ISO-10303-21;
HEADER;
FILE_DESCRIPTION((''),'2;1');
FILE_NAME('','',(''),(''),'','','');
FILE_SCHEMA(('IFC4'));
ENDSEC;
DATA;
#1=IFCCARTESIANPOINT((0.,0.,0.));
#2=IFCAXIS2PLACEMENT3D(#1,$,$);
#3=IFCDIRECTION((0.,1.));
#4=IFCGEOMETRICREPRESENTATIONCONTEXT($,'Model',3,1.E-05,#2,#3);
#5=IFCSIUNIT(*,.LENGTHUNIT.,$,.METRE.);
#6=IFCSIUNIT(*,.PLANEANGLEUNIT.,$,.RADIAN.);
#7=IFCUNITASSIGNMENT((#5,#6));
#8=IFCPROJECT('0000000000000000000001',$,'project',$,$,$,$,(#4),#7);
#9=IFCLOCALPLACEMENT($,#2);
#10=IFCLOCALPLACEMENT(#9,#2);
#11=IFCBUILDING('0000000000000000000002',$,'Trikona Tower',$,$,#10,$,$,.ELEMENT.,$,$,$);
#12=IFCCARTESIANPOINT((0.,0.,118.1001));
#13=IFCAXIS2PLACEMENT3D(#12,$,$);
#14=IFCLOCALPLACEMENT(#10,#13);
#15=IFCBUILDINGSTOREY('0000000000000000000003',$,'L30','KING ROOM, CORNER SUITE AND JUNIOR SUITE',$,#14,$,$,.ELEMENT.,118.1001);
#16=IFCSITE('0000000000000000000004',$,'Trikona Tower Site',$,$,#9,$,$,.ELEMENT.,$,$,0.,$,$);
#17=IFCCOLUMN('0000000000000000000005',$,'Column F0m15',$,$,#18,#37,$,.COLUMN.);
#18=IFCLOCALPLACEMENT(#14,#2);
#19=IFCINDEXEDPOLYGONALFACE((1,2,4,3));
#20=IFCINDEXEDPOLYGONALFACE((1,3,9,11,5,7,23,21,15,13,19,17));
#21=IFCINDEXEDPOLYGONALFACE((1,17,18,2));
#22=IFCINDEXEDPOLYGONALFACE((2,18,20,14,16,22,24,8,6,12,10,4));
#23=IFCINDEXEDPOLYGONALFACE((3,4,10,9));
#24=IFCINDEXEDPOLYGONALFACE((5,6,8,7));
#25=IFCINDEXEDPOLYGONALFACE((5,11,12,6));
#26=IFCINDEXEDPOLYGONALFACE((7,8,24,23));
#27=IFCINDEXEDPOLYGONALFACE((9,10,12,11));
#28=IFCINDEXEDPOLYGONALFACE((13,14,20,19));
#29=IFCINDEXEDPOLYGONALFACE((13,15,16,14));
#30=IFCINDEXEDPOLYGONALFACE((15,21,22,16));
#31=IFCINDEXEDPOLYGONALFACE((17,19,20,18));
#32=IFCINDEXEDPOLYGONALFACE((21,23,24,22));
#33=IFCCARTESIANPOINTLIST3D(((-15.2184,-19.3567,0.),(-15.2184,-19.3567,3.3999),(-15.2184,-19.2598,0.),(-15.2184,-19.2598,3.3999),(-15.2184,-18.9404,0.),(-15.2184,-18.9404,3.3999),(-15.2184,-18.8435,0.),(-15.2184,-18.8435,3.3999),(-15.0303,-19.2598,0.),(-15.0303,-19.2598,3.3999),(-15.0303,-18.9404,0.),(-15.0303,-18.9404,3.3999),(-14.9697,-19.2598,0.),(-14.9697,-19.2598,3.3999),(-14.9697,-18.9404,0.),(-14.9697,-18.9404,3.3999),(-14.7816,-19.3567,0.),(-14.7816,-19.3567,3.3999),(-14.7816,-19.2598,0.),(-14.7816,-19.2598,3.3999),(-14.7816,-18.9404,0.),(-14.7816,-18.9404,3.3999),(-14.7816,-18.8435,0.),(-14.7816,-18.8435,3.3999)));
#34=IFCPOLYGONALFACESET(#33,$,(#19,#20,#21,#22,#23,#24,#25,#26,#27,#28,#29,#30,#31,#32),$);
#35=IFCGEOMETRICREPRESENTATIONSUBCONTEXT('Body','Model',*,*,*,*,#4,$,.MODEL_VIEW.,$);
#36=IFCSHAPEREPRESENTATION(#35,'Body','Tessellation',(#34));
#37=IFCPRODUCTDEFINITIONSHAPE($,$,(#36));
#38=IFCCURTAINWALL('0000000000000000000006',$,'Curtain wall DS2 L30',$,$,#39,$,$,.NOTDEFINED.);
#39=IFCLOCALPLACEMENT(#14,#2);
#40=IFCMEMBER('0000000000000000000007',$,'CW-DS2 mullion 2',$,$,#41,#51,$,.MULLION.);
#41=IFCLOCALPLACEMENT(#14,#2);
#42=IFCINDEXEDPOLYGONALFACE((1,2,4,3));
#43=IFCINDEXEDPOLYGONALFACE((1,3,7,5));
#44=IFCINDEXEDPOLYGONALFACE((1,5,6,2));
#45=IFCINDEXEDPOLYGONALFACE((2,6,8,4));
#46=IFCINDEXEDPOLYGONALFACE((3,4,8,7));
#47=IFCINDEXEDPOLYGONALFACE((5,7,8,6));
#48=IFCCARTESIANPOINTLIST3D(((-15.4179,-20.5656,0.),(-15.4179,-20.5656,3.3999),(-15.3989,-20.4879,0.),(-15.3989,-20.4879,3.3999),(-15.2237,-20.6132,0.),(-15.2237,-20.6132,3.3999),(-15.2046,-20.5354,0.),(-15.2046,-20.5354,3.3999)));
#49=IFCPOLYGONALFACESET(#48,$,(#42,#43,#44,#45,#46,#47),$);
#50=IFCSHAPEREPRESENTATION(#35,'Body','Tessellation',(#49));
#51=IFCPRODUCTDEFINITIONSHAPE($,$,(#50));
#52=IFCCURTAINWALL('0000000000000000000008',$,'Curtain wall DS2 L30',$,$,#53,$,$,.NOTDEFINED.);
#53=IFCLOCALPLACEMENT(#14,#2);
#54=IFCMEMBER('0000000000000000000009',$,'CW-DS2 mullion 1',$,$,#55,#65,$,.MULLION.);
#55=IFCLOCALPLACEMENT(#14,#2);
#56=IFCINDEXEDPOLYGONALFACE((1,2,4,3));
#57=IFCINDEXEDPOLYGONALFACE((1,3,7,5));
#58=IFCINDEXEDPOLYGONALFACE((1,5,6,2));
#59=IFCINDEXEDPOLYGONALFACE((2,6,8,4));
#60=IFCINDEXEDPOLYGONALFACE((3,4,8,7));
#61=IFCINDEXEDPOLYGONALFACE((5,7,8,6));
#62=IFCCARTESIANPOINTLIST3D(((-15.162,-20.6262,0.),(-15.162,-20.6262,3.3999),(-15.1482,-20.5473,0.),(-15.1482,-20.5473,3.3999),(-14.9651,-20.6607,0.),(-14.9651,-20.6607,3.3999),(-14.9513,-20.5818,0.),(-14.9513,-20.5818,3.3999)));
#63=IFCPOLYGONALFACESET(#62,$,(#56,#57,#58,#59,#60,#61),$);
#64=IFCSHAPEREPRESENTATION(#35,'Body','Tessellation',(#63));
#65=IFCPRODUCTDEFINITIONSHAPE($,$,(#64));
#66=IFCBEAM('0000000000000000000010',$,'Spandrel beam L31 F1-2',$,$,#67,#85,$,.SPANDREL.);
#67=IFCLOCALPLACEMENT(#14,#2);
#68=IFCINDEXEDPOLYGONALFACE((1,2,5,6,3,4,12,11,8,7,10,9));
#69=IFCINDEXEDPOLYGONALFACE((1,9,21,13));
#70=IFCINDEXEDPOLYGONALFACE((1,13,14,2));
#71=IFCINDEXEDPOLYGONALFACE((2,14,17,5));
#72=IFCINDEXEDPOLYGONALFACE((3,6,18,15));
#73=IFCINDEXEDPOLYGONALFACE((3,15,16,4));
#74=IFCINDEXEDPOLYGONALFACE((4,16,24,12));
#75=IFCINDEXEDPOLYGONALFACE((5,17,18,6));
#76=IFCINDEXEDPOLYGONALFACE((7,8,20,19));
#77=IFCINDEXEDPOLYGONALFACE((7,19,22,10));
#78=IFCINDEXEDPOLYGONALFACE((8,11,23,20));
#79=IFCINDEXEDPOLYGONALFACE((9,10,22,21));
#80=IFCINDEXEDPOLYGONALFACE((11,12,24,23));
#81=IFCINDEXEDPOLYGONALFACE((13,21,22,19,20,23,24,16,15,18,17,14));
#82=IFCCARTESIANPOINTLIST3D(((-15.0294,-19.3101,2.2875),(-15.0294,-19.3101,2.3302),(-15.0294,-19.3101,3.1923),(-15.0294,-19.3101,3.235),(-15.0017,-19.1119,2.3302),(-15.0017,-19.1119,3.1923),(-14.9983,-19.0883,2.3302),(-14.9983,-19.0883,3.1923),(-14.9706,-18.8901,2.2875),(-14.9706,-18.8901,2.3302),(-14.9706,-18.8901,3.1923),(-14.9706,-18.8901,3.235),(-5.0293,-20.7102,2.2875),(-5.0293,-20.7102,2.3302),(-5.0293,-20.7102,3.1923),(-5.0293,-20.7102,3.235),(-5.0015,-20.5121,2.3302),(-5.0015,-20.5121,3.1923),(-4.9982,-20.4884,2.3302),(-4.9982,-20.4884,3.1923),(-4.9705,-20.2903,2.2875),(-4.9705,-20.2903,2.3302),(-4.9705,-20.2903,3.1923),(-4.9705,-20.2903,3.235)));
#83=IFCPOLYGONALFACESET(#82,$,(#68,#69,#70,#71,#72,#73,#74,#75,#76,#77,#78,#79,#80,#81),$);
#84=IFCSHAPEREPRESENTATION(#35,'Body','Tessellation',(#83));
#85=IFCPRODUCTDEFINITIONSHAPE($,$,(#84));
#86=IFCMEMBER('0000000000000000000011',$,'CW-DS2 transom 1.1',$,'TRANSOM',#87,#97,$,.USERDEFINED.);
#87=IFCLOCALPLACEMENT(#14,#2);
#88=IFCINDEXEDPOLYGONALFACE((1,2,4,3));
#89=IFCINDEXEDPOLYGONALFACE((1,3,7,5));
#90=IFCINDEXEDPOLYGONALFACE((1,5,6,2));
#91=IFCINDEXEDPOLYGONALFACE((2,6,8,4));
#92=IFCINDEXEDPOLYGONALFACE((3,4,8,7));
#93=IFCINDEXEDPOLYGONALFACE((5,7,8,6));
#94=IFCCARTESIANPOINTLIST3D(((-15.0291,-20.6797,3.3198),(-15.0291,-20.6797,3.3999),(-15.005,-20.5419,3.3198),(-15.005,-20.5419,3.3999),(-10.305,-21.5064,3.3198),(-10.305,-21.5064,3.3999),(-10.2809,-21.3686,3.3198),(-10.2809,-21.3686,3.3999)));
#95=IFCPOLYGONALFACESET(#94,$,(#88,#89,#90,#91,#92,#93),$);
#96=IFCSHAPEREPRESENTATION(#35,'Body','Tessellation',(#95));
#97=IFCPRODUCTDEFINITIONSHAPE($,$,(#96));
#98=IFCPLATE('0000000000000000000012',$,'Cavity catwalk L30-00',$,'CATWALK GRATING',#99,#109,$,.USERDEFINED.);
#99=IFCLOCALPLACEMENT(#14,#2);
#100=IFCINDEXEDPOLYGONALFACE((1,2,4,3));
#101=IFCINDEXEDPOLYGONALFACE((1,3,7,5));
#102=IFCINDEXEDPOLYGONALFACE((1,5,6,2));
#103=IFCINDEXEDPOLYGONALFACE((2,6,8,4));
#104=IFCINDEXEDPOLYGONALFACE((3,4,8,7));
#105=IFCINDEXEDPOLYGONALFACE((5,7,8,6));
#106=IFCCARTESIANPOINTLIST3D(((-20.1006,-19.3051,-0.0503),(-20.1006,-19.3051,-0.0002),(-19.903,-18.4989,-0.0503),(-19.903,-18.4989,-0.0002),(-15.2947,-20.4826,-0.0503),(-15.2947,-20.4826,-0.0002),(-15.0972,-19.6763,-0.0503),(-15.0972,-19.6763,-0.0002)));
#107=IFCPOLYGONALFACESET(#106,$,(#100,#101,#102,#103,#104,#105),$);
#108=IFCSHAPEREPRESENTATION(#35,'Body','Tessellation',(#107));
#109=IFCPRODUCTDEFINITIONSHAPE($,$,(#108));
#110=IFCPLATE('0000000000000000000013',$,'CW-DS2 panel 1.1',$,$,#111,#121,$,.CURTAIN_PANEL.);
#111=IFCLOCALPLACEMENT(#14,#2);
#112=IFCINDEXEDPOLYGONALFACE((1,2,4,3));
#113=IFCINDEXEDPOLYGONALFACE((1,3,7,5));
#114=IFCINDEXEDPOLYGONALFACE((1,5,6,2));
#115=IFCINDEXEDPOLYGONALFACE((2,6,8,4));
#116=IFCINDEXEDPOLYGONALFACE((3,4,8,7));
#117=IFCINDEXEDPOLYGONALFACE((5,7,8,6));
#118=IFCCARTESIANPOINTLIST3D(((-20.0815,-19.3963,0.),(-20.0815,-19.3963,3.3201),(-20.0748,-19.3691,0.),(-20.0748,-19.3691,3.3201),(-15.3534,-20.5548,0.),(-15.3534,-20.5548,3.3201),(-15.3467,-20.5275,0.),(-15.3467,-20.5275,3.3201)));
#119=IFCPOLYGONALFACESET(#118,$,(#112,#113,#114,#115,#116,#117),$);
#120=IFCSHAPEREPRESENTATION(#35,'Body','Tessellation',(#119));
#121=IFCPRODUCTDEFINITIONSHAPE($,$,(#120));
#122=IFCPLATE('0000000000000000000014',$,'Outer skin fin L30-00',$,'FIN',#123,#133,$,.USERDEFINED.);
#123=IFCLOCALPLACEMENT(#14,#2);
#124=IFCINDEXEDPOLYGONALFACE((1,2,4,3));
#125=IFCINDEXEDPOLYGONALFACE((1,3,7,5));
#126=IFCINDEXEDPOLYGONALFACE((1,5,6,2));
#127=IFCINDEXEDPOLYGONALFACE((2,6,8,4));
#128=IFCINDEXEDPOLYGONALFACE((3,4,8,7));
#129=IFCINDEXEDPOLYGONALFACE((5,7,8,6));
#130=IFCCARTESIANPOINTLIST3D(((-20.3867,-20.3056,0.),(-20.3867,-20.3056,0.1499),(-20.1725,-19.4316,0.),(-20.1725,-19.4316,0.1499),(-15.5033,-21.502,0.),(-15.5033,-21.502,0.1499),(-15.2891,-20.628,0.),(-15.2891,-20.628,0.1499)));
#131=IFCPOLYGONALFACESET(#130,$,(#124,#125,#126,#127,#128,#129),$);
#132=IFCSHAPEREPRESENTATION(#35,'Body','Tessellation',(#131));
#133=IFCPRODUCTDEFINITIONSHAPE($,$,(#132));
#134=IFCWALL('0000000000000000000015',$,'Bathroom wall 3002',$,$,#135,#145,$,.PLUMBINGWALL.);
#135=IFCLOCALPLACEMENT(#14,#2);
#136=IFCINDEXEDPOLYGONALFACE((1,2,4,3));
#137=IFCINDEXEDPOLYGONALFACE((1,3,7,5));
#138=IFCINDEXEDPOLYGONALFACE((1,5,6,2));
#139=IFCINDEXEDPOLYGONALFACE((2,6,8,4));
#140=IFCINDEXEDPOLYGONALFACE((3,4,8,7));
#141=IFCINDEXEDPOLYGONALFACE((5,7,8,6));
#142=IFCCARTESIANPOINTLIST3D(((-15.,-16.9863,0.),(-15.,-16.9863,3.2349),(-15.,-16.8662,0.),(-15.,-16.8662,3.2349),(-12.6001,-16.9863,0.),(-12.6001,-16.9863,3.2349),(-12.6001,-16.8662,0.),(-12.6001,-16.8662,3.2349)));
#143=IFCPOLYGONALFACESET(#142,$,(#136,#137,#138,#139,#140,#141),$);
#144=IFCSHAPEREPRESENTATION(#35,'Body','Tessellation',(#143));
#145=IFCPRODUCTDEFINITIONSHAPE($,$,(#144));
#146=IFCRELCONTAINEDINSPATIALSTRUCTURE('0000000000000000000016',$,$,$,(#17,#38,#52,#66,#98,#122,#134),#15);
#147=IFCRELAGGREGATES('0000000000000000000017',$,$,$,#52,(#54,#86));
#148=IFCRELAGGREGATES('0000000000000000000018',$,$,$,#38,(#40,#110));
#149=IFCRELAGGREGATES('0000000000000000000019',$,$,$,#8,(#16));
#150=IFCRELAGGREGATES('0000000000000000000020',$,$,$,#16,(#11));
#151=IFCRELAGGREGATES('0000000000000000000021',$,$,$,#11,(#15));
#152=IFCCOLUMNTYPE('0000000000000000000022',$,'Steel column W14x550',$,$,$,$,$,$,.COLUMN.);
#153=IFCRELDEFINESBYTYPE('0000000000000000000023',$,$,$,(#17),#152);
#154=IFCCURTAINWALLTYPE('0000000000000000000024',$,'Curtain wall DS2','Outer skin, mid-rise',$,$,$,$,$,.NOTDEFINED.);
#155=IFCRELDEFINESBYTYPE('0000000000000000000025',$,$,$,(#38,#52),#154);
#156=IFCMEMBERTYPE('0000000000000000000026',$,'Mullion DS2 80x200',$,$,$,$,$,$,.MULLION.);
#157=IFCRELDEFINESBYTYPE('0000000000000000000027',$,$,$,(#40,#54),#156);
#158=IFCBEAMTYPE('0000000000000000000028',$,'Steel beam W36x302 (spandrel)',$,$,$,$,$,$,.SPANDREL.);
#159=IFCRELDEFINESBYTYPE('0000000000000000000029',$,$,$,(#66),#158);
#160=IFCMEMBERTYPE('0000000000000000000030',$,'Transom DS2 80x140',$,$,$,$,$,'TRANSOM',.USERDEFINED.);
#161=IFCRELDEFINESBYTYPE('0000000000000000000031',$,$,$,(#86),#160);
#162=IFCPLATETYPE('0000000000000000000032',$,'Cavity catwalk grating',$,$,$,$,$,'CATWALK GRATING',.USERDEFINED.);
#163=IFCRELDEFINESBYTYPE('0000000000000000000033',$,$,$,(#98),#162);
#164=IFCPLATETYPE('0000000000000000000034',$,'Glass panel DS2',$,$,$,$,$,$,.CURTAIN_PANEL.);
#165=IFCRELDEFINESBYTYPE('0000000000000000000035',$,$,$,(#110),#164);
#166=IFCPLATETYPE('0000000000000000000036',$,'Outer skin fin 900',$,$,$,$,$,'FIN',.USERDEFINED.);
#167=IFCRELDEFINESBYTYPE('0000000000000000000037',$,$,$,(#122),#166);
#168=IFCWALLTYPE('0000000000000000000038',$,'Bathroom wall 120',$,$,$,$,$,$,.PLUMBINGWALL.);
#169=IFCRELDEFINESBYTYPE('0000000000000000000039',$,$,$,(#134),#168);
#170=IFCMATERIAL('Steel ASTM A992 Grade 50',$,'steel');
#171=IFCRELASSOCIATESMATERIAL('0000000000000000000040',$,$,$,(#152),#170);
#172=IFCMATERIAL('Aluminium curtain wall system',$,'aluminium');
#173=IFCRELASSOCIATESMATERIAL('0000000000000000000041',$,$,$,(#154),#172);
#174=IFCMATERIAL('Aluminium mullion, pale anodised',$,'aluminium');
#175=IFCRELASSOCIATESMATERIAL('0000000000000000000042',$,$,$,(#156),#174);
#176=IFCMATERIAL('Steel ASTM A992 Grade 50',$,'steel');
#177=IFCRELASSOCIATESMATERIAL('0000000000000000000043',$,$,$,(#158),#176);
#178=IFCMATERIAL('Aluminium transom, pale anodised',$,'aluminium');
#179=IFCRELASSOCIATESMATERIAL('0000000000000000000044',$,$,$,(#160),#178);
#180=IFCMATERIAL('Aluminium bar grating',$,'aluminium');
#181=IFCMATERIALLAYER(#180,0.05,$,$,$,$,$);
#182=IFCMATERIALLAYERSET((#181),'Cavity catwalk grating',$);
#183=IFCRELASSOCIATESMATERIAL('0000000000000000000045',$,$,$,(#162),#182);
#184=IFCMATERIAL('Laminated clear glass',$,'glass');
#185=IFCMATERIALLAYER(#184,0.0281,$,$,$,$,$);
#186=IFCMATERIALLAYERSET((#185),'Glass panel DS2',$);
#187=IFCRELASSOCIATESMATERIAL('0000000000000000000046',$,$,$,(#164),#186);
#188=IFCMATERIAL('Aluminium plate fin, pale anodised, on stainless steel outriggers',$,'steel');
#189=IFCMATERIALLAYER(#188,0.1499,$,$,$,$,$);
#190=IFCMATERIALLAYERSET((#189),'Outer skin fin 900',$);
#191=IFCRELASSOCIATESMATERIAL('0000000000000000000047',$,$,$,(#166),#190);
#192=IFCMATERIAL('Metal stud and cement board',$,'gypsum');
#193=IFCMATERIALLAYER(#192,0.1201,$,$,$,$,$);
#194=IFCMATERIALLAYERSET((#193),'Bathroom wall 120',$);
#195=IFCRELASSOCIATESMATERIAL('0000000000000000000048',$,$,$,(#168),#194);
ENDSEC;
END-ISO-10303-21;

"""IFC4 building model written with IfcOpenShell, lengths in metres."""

from ifc_helpers import new_model, si_unit, direction, frame, frame_2d, origin, origin_2d, place, context, subcontext, project, spatial, rectangle, i_section, extrude, material, layer, layer_set, material_profile, profile_set, type_object, element, aggregate, save


model = new_model("IFC4")

# Units and contexts
model_context = context("Model", 3, precision=1e-05, world=origin(), true_north=direction((0.0, 1.0)))
body_context = subcontext(model_context, "Body", "Model", "MODEL_VIEW")
ifc_project = project(units=[si_unit("LENGTHUNIT", "METRE"), si_unit("PLANEANGLEUNIT", "RADIAN")], contexts=[model_context])

# Site, building, storey
site_placement = place(None, origin())
site = spatial("IfcSite", under=ifc_project, at=site_placement, Name="Trikona Tower Site", CompositionType="ELEMENT", RefElevation=0.0)
building_placement = place(site_placement, origin())
building = spatial("IfcBuilding", under=site, at=building_placement, Name="Trikona Tower", CompositionType="ELEMENT")
storey_placement = place(building_placement, frame((0.0, 0.0, 118.1001)))
storey = spatial("IfcBuildingStorey", under=building, at=storey_placement, Name="L30", Description="KING ROOM, CORNER SUITE AND JUNIOR SUITE", CompositionType="ELEMENT", Elevation=118.1001)

# Column
ifc_material_1 = material(Name="Steel ASTM A992 Grade 50", Category="steel")
ifc_material_profile_1 = material_profile(ifc_material_1, i_section(OverallWidth=0.4368, OverallDepth=0.5132, WebThickness=0.0605, FlangeThickness=0.0969, at=origin_2d()), Name="W14X550")
ifc_profile_set_1 = profile_set([ifc_material_profile_1], Name="Steel ASTM A992 Grade 50")
column_type = type_object("IfcColumnType", Name="Steel column W14x550", PredefinedType="COLUMN", material=ifc_profile_set_1)
column_placement = place(storey_placement, frame((-15.0, -19.1001, 0.0), z_axis=(0.0, 0.0, 1.0), x_axis=(1.0, 0.0, 0.0)))
element("IfcColumn", 1, at=column_placement, inside=storey, type_object=column_type, Name="Column F0m15", PredefinedType="COLUMN", context=body_context, shape_type="SweptSolid", body=[
    extrude(i_section(OverallWidth=0.4368, OverallDepth=0.5132, WebThickness=0.0605, FlangeThickness=0.0969, at=origin_2d()), origin(), (0.0, 0.0, 1.0), 3.3999),
])

# Curtain walls, members
ifc_material_2 = material(Name="Aluminium curtain wall system", Category="aluminium")
curtain_wall_type = type_object("IfcCurtainWallType", Name="Curtain wall DS2", Description="Outer skin, mid-rise", PredefinedType="NOTDEFINED", material=ifc_material_2)
curtain_wall_1_placement = place(storey_placement, origin())
curtain_wall_1 = element("IfcCurtainWall", 2, at=curtain_wall_1_placement, inside=storey, type_object=curtain_wall_type, Name="Curtain wall DS2 L30", PredefinedType="NOTDEFINED")
ifc_material_3 = material(Name="Aluminium mullion, pale anodised", Category="aluminium")
ifc_material_profile_2 = material_profile(ifc_material_3, rectangle(XDim=0.0801, YDim=0.2, at=origin_2d()), Name="MUL-DS2")
ifc_profile_set_2 = profile_set([ifc_material_profile_2], Name="Aluminium mullion, pale anodised")
member_type_1 = type_object("IfcMemberType", Name="Mullion DS2 80x200", PredefinedType="MULLION", material=ifc_profile_set_2)
member_1_placement = place(storey_placement, frame((-15.3113, -20.5505, 0.0), z_axis=(0.0, 0.0, 1.0), x_axis=(0.23797, 0.971272, 0.0)))
member_1 = element("IfcMember", 3, at=member_1_placement, type_object=member_type_1, Name="CW-DS2 mullion 2", PredefinedType="MULLION", context=body_context, shape_type="SweptSolid", body=[
    extrude(rectangle(XDim=0.0801, YDim=0.2, at=origin_2d()), origin(), (0.0, 0.0, 1.0), 3.3999),
])
curtain_wall_2_placement = place(storey_placement, origin())
curtain_wall_2 = element("IfcCurtainWall", 4, at=curtain_wall_2_placement, inside=storey, type_object=curtain_wall_type, Name="Curtain wall DS2 L30", PredefinedType="NOTDEFINED")
member_2_placement = place(storey_placement, frame((-15.0566, -20.604, 0.0), z_axis=(0.0, 0.0, 1.0), x_axis=(0.172377, 0.985031, 0.0)))
member_2 = element("IfcMember", 5, at=member_2_placement, type_object=member_type_1, Name="CW-DS2 mullion 1", PredefinedType="MULLION", context=body_context, shape_type="SweptSolid", body=[
    extrude(rectangle(XDim=0.0801, YDim=0.2, at=origin_2d()), origin(), (0.0, 0.0, 1.0), 3.3999),
])

# Beam
ifc_material_4 = material(Name="Steel ASTM A992 Grade 50", Category="steel")
ifc_material_profile_3 = material_profile(ifc_material_4, i_section(OverallWidth=0.4241, OverallDepth=0.9475, WebThickness=0.0239, FlangeThickness=0.0427, at=origin_2d()), Name="W36X302")
ifc_profile_set_3 = profile_set([ifc_material_profile_3], Name="Steel ASTM A992 Grade 50")
beam_type = type_object("IfcBeamType", Name="Steel beam W36x302 (spandrel)", PredefinedType="SPANDREL", material=ifc_profile_set_3)
beam_placement = place(storey_placement, frame((-15.0, -19.1001, 2.7612), z_axis=(0.99034, -0.138662, 0.0), x_axis=(0.138662, 0.99034, 0.0)))
element("IfcBeam", 6, at=beam_placement, inside=storey, type_object=beam_type, Name="Spandrel beam L31 F1-2", PredefinedType="SPANDREL", context=body_context, shape_type="SweptSolid", body=[
    extrude(i_section(OverallWidth=0.4241, OverallDepth=0.9475, WebThickness=0.0239, FlangeThickness=0.0427, at=origin_2d()), origin(), (0.0, 0.0, 1.0), 10.0977),
])

# Member
ifc_material_5 = material(Name="Aluminium transom, pale anodised", Category="aluminium")
ifc_material_profile_4 = material_profile(ifc_material_5, rectangle(XDim=0.1399, YDim=0.0801, at=origin_2d()), Name="TRN-DS2")
ifc_profile_set_4 = profile_set([ifc_material_profile_4], Name="Aluminium transom, pale anodised")
member_type_2 = type_object("IfcMemberType", Name="Transom DS2 80x140", ElementType="TRANSOM", PredefinedType="USERDEFINED", material=ifc_profile_set_4)
member_3_placement = place(storey_placement, frame((-15.0171, -20.6108, 3.3599), z_axis=(0.985033, -0.172368, 0.0), x_axis=(0.172368, 0.985033, 0.0)))
member_3 = element("IfcMember", 7, at=member_3_placement, type_object=member_type_2, Name="CW-DS2 transom 1.1", ObjectType="TRANSOM", PredefinedType="USERDEFINED", context=body_context, shape_type="SweptSolid", body=[
    extrude(rectangle(XDim=0.1399, YDim=0.0801, at=origin_2d()), origin(), (0.0, 0.0, 1.0), 4.7959),
])
aggregate(curtain_wall_2, [member_2, member_3])

# Plates
ifc_material_6 = material(Name="Aluminium bar grating", Category="aluminium")
ifc_layer_1 = layer(ifc_material_6, 0.05)
ifc_layer_set_1 = layer_set([ifc_layer_1], Name="Cavity catwalk grating")
plate_type_1 = type_object("IfcPlateType", Name="Cavity catwalk grating", ElementType="CATWALK GRATING", PredefinedType="USERDEFINED", material=ifc_layer_set_1)
plate_1_placement = place(storey_placement, frame((-17.5989, -19.4907, -0.0503), z_axis=(0.0, 0.0, 1.0), x_axis=(0.971274, -0.237962, 0.0)))
element("IfcPlate", 8, at=plate_1_placement, inside=storey, type_object=plate_type_1, Name="Cavity catwalk L30-00", ObjectType="CATWALK GRATING", PredefinedType="USERDEFINED", context=body_context, shape_type="SweptSolid", body=[
    extrude(rectangle(XDim=4.948, YDim=0.8301, at=origin_2d()), origin(), (0.0, 0.0, 1.0), 0.05),
])
ifc_material_7 = material(Name="Laminated clear glass", Category="glass")
ifc_layer_2 = layer(ifc_material_7, 0.0281)
ifc_layer_set_2 = layer_set([ifc_layer_2], Name="Glass panel DS2")
plate_type_2 = type_object("IfcPlateType", Name="Glass panel DS2", PredefinedType="CURTAIN_PANEL", material=ifc_layer_set_2)
plate_2_placement = place(storey_placement, frame((-17.7141, -19.9619, 0.0), z_axis=(0.0, 0.0, 1.0), x_axis=(0.971272, -0.23797, 0.0)))
plate_2 = element("IfcPlate", 9, at=plate_2_placement, type_object=plate_type_2, Name="CW-DS2 panel 1.1", PredefinedType="CURTAIN_PANEL", context=body_context, shape_type="SweptSolid", body=[
    extrude(rectangle(XDim=4.8679, YDim=0.0281, at=origin_2d()), origin(), (0.0, 0.0, 1.0), 3.3201),
])
aggregate(curtain_wall_1, [member_1, plate_2])
ifc_material_8 = material(Name="Aluminium plate fin, pale anodised, on stainless steel outriggers", Category="steel")
ifc_layer_3 = layer(ifc_material_8, 0.1499)
ifc_layer_set_3 = layer_set([ifc_layer_3], Name="Outer skin fin 900")
plate_type_3 = type_object("IfcPlateType", Name="Outer skin fin 900", ElementType="FIN", PredefinedType="USERDEFINED", material=ifc_layer_set_3)
plate_3_placement = place(storey_placement, frame((-17.8379, -20.4668, 0.0), z_axis=(0.0, 0.0, 1.0), x_axis=(0.971274, -0.237962, 0.0)))
element("IfcPlate", 10, at=plate_3_placement, inside=storey, type_object=plate_type_3, Name="Outer skin fin L30-00", ObjectType="FIN", PredefinedType="USERDEFINED", context=body_context, shape_type="SweptSolid", body=[
    extrude(rectangle(XDim=5.0278, YDim=0.8999, at=origin_2d()), origin(), (0.0, 0.0, 1.0), 0.1499),
])

# Wall
ifc_material_9 = material(Name="Metal stud and cement board", Category="gypsum")
ifc_layer_4 = layer(ifc_material_9, 0.1201)
ifc_layer_set_4 = layer_set([ifc_layer_4], Name="Bathroom wall 120")
wall_type_1 = type_object("IfcWallType", Name="Bathroom wall 120", PredefinedType="PLUMBINGWALL", material=ifc_layer_set_4)
wall_1_placement = place(storey_placement, frame((-15.0, -16.9263, 0.0), z_axis=(0.0, 0.0, 1.0), x_axis=(1.0, 0.0, 0.0)))
element("IfcWall", 11, at=wall_1_placement, inside=storey, type_object=wall_type_1, Name="Bathroom wall 3002", PredefinedType="PLUMBINGWALL", context=body_context, shape_type="SweptSolid", body=[
    extrude(rectangle(XDim=2.3999, YDim=0.1201, at=frame_2d((1.2, 0.0))), origin(), (0.0, 0.0, 1.0), 3.2349),
])

save(model, "model.ifc")
